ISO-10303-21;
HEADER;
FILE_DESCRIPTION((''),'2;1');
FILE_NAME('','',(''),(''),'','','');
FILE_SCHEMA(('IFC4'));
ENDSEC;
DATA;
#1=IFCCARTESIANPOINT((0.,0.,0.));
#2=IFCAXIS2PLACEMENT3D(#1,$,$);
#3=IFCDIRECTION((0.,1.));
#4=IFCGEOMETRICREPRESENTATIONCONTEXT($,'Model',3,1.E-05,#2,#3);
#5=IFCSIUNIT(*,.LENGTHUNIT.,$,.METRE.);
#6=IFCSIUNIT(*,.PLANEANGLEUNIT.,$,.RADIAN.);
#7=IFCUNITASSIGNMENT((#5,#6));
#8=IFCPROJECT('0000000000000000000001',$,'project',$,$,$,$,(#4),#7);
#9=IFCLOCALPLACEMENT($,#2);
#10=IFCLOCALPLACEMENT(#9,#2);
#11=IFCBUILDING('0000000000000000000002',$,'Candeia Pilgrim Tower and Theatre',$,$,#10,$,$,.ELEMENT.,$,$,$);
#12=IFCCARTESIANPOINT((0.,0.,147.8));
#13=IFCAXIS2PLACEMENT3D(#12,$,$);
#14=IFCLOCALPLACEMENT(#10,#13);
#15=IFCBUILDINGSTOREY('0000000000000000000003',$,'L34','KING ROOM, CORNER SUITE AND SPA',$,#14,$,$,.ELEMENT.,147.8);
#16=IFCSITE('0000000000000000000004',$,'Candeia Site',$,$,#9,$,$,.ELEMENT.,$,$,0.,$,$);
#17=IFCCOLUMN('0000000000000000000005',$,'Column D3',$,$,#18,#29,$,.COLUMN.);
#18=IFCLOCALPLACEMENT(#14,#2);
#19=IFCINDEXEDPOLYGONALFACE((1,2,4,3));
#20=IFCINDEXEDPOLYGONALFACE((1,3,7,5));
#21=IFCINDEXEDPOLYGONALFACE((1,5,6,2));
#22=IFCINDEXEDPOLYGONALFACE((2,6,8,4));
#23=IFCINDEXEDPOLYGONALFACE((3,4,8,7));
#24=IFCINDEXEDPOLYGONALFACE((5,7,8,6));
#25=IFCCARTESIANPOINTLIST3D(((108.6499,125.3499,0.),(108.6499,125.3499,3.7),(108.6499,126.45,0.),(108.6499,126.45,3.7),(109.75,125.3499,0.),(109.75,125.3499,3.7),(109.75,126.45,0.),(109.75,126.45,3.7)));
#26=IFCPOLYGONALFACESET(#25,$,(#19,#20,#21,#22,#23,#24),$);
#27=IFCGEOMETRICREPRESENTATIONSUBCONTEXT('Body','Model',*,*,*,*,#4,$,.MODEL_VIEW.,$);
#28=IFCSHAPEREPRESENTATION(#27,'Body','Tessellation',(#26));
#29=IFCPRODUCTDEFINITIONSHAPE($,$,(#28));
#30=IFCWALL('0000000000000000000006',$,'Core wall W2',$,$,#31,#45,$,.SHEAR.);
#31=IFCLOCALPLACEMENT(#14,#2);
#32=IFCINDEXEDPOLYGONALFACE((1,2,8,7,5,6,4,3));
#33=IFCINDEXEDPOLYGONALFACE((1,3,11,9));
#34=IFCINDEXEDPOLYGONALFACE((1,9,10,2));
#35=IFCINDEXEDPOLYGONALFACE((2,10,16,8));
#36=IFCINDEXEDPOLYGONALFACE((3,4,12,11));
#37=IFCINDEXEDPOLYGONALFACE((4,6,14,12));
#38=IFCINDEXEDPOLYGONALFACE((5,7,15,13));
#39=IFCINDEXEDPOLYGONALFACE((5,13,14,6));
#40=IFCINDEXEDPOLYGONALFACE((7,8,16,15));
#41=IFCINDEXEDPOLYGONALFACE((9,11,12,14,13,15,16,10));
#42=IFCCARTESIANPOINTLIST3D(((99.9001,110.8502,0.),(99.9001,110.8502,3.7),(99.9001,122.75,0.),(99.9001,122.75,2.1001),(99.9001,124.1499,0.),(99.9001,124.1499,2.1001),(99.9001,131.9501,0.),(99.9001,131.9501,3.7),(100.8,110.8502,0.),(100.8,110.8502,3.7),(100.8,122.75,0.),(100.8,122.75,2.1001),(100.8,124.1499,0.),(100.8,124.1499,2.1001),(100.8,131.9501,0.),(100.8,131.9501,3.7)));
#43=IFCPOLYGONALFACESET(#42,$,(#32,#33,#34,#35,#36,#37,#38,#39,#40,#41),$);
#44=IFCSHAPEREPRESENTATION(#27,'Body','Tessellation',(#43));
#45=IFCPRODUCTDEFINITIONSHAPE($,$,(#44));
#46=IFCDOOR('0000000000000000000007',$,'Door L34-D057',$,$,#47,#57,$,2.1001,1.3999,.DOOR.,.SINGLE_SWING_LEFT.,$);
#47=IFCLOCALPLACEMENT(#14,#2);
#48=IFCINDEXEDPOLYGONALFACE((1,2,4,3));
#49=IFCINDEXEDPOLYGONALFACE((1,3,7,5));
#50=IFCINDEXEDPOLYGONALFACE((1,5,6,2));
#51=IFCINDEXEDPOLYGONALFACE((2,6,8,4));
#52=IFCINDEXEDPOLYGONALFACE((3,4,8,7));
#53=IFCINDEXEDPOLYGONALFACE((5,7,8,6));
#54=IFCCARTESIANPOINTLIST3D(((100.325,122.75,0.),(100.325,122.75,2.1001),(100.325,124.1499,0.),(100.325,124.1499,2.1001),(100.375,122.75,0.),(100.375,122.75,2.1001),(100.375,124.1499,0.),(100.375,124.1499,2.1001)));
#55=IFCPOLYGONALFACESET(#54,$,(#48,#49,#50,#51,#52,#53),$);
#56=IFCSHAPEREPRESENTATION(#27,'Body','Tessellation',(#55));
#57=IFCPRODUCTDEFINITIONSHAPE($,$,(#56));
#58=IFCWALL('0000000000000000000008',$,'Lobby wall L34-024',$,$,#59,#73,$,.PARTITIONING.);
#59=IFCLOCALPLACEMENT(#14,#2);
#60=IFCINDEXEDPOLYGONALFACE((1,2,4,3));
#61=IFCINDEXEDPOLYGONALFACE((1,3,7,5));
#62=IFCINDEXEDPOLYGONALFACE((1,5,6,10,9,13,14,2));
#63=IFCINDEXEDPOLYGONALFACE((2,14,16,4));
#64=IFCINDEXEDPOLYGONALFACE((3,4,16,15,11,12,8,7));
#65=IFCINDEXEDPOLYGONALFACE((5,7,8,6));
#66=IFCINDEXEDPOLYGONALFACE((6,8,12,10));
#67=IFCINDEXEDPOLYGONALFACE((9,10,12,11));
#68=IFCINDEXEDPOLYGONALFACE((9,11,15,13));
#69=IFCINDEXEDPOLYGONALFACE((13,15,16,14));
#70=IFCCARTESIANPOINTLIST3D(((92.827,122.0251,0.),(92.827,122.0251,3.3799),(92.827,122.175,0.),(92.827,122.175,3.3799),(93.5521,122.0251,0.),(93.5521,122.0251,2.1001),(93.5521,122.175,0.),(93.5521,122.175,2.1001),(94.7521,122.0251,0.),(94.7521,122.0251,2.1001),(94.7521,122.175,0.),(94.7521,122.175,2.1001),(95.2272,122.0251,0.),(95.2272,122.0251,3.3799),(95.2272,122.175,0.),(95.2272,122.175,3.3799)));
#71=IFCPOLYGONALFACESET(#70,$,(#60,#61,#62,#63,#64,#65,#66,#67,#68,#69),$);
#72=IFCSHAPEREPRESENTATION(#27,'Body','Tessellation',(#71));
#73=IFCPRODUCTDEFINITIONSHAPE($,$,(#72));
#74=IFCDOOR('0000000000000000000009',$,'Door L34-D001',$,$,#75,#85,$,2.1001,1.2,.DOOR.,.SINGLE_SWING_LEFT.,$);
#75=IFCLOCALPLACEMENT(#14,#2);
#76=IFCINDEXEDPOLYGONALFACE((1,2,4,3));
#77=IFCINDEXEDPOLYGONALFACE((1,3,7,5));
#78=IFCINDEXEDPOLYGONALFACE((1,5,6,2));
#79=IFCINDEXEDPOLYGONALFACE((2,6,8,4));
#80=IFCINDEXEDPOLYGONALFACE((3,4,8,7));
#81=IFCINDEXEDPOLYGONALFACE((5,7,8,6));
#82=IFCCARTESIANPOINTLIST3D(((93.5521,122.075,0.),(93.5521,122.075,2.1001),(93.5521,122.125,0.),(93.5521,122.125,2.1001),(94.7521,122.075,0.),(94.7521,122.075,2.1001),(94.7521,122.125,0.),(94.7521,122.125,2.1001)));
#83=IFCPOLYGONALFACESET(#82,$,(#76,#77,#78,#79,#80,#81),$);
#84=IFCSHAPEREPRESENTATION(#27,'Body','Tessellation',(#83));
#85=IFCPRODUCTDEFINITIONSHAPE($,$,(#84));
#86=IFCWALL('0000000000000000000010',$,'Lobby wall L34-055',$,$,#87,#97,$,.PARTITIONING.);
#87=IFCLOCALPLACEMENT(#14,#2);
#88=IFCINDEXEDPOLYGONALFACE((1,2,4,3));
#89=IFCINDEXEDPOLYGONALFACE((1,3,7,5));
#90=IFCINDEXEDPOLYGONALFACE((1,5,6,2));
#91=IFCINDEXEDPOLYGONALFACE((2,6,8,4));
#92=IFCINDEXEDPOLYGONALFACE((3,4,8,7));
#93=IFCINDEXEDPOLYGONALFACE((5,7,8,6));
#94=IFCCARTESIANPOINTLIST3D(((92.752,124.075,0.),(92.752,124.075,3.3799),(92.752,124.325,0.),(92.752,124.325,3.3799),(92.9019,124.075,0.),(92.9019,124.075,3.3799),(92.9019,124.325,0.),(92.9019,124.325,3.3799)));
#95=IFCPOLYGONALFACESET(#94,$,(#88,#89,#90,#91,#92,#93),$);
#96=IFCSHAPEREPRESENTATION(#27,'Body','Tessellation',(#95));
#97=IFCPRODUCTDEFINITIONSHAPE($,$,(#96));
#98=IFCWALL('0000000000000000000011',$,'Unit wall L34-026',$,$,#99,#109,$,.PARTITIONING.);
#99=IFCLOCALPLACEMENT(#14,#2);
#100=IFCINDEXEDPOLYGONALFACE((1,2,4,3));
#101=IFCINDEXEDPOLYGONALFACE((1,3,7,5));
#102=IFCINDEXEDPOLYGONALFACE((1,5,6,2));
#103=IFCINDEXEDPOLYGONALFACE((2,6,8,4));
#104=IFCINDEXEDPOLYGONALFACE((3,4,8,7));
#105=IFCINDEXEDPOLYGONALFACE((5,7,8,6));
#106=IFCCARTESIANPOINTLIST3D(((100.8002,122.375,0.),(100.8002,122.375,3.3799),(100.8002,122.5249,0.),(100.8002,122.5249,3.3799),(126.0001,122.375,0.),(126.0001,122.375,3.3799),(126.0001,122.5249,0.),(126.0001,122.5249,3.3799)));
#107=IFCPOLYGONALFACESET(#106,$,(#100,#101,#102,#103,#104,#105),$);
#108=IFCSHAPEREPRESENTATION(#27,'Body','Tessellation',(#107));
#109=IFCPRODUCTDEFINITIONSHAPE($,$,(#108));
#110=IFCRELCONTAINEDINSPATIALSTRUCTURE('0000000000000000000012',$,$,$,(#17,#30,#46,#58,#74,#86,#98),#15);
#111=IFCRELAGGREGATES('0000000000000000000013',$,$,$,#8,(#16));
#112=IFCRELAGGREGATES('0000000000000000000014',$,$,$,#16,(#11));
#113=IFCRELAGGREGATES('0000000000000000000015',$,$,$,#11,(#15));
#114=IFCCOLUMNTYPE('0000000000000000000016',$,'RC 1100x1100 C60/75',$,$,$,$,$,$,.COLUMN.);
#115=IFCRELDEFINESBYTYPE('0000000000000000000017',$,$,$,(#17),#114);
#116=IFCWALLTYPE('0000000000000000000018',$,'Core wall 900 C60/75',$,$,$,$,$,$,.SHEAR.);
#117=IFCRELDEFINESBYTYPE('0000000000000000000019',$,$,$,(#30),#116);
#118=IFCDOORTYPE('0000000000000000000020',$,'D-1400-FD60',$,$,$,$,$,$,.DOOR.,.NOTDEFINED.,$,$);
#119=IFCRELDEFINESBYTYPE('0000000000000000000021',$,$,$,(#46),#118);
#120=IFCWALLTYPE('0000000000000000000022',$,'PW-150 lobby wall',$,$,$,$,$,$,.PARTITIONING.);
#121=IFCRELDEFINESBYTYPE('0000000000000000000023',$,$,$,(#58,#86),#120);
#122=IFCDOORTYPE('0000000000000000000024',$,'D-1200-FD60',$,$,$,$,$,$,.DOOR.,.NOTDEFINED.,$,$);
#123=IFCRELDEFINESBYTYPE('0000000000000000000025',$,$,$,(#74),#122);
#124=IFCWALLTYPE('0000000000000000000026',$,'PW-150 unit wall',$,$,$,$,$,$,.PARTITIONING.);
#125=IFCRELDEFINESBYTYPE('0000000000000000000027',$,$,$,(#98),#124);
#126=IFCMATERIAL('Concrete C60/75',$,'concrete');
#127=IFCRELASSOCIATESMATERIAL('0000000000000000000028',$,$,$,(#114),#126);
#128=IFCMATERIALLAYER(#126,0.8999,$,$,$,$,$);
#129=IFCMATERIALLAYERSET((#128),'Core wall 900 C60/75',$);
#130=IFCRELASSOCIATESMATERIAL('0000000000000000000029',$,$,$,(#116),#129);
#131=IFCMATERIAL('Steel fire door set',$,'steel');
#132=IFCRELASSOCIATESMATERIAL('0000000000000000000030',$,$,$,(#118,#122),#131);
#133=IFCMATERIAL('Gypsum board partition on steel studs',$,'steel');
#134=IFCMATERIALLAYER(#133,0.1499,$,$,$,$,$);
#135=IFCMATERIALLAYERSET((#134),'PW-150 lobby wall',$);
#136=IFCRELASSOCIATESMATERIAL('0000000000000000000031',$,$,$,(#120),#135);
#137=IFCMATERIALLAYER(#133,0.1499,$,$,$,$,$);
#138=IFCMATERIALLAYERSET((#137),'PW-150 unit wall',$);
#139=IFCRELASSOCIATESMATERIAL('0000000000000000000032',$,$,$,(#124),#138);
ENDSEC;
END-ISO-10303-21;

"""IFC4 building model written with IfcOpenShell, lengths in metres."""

from ifc_helpers import new_model, si_unit, direction, frame, frame_2d, origin, origin_2d, place, context, subcontext, project, spatial, rectangle, extrude, material, layer, layer_set, material_profile, profile_set, type_object, element, fill, save


model = new_model("IFC4")

# Units and contexts
model_context = context("Model", 3, precision=1e-05, world=origin(), true_north=direction((0.0, 1.0)))
body_context = subcontext(model_context, "Body", "Model", "MODEL_VIEW")
ifc_project = project(units=[si_unit("LENGTHUNIT", "METRE"), si_unit("PLANEANGLEUNIT", "RADIAN")], contexts=[model_context])

# Site, building, storey
site_placement = place(None, origin())
site = spatial("IfcSite", under=ifc_project, at=site_placement, Name="Candeia Site", CompositionType="ELEMENT", RefElevation=0.0)
building_placement = place(site_placement, origin())
building = spatial("IfcBuilding", under=site, at=building_placement, Name="Candeia Pilgrim Tower and Theatre", CompositionType="ELEMENT")
storey_placement = place(building_placement, frame((0.0, 0.0, 147.8)))
storey = spatial("IfcBuildingStorey", under=building, at=storey_placement, Name="L34", Description="KING ROOM, CORNER SUITE AND SPA", CompositionType="ELEMENT", Elevation=147.8)

# Column
ifc_material_1 = material(Name="Concrete C60/75", Category="concrete")
ifc_material_profile = material_profile(ifc_material_1, rectangle(XDim=1.1001, YDim=1.1001, at=origin_2d()))
ifc_profile_set = profile_set([ifc_material_profile], Name="Concrete C60/75")
column_type = type_object("IfcColumnType", Name="RC 1100x1100 C60/75", PredefinedType="COLUMN", material=ifc_profile_set)
column_placement = place(storey_placement, frame((109.2, 125.8999, 0.0), z_axis=(0.0, 0.0, 1.0), x_axis=(1.0, 0.0, 0.0)))
element("IfcColumn", 1, at=column_placement, inside=storey, type_object=column_type, Name="Column D3", PredefinedType="COLUMN", context=body_context, shape_type="SweptSolid", body=[
    extrude(rectangle(XDim=1.1001, YDim=1.1001, at=origin_2d()), origin(), (0.0, 0.0, 1.0), 3.7),
])

# Walls, openings, doors
ifc_layer_1 = layer(ifc_material_1, 0.8999)
ifc_layer_set_1 = layer_set([ifc_layer_1], Name="Core wall 900 C60/75")
wall_type_1 = type_object("IfcWallType", Name="Core wall 900 C60/75", PredefinedType="SHEAR", material=ifc_layer_set_1)
wall_1_placement = place(storey_placement, frame((100.3501, 131.95, 0.0), z_axis=(0.0, 0.0, 1.0), x_axis=(0.0, -1.0, 0.0)))
wall_1 = element("IfcWall", 2, at=wall_1_placement, inside=storey, type_object=wall_type_1, Name="Core wall W2", PredefinedType="SHEAR", context=body_context, shape_type="SweptSolid", body=[
    extrude(rectangle(XDim=21.0999, YDim=0.8999, at=frame_2d((10.5498, 0.0))), origin(), (0.0, 0.0, 1.0), 3.7),
])
opening_1_placement = place(wall_1_placement, frame((7.8, 0.0, 0.0)))
opening_1 = element("IfcOpeningElement", 3, at=opening_1_placement, cuts=wall_1, PredefinedType="OPENING", context=body_context, shape_type="SweptSolid", body=[
    extrude(rectangle(XDim=1.3999, YDim=2.1001, at=frame_2d((0.7, 1.05))), frame((0.0, 0.46, 0.0), z_axis=(0.0, -1.0, 0.0), x_axis=(1.0, 0.0, 0.0)), (0.0, 0.0, 1.0), 0.9199),
])
ifc_material_2 = material(Name="Steel fire door set", Category="steel")
door_type_1 = type_object("IfcDoorType", Name="D-1400-FD60", OperationType="NOTDEFINED", PredefinedType="DOOR", material=ifc_material_2)
door_1_placement = place(opening_1_placement, origin())
door_1 = element("IfcDoor", 4, at=door_1_placement, inside=storey, type_object=door_type_1, Name="Door L34-D057", OperationType="SINGLE_SWING_LEFT", OverallHeight=2.1001, OverallWidth=1.3999, PredefinedType="DOOR", context=body_context, shape_type="SweptSolid", body=[
    extrude(rectangle(XDim=1.3999, YDim=2.1001, at=frame_2d((0.7, 1.05))), frame((0.0, 0.0249, 0.0), z_axis=(0.0, -1.0, 0.0), x_axis=(1.0, 0.0, 0.0)), (0.0, 0.0, 1.0), 0.05),
])
fill(opening_1, door_1)
ifc_material_3 = material(Name="Gypsum board partition on steel studs", Category="steel")
ifc_layer_2 = layer(ifc_material_3, 0.1499)
ifc_layer_set_2 = layer_set([ifc_layer_2], Name="PW-150 lobby wall")
wall_type_2 = type_object("IfcWallType", Name="PW-150 lobby wall", PredefinedType="PARTITIONING", material=ifc_layer_set_2)
wall_2_placement = place(storey_placement, frame((92.8269, 122.1001, 0.0), z_axis=(0.0, 0.0, 1.0), x_axis=(1.0, 0.0, 0.0)))
wall_2 = element("IfcWall", 5, at=wall_2_placement, inside=storey, type_object=wall_type_2, Name="Lobby wall L34-024", PredefinedType="PARTITIONING", context=body_context, shape_type="SweptSolid", body=[
    extrude(rectangle(XDim=2.4001, YDim=0.1499, at=frame_2d((1.2002, 0.0))), origin(), (0.0, 0.0, 1.0), 3.3799),
])
opening_2_placement = place(wall_2_placement, frame((0.7251, 0.0, 0.0)))
opening_2 = element("IfcOpeningElement", 6, at=opening_2_placement, cuts=wall_2, PredefinedType="OPENING", context=body_context, shape_type="SweptSolid", body=[
    extrude(rectangle(XDim=1.2, YDim=2.1001, at=frame_2d((0.6001, 1.05))), frame((0.0, 0.085, 0.0), z_axis=(0.0, -1.0, 0.0), x_axis=(1.0, 0.0, 0.0)), (0.0, 0.0, 1.0), 0.1699),
])
door_type_2 = type_object("IfcDoorType", Name="D-1200-FD60", OperationType="NOTDEFINED", PredefinedType="DOOR", material=ifc_material_2)
door_2_placement = place(opening_2_placement, origin())
door_2 = element("IfcDoor", 7, at=door_2_placement, inside=storey, type_object=door_type_2, Name="Door L34-D001", OperationType="SINGLE_SWING_LEFT", OverallHeight=2.1001, OverallWidth=1.2, PredefinedType="DOOR", context=body_context, shape_type="SweptSolid", body=[
    extrude(rectangle(XDim=1.2, YDim=2.1001, at=frame_2d((0.6001, 1.05))), frame((0.0, 0.0249, 0.0), z_axis=(0.0, -1.0, 0.0), x_axis=(1.0, 0.0, 0.0)), (0.0, 0.0, 1.0), 0.05),
])
fill(opening_2, door_2)

# Walls
wall_3_placement = place(storey_placement, frame((92.8269, 124.075, 0.0), z_axis=(0.0, 0.0, 1.0), x_axis=(0.0, 1.0, 0.0)))
element("IfcWall", 8, at=wall_3_placement, inside=storey, type_object=wall_type_2, Name="Lobby wall L34-055", PredefinedType="PARTITIONING", context=body_context, shape_type="SweptSolid", body=[
    extrude(rectangle(XDim=0.25, YDim=0.1499, at=frame_2d((0.125, 0.0))), origin(), (0.0, 0.0, 1.0), 3.3799),
])
ifc_layer_3 = layer(ifc_material_3, 0.1499)
ifc_layer_set_3 = layer_set([ifc_layer_3], Name="PW-150 unit wall")
wall_type_3 = type_object("IfcWallType", Name="PW-150 unit wall", PredefinedType="PARTITIONING", material=ifc_layer_set_3)
wall_4_placement = place(storey_placement, frame((100.8, 122.45, 0.0), z_axis=(0.0, 0.0, 1.0), x_axis=(1.0, 0.0, 0.0)))
element("IfcWall", 9, at=wall_4_placement, inside=storey, type_object=wall_type_3, Name="Unit wall L34-026", PredefinedType="PARTITIONING", context=body_context, shape_type="SweptSolid", body=[
    extrude(rectangle(XDim=25.2, YDim=0.1499, at=frame_2d((12.6001, 0.0))), origin(), (0.0, 0.0, 1.0), 3.3799),
])

save(model, "model.ifc")
